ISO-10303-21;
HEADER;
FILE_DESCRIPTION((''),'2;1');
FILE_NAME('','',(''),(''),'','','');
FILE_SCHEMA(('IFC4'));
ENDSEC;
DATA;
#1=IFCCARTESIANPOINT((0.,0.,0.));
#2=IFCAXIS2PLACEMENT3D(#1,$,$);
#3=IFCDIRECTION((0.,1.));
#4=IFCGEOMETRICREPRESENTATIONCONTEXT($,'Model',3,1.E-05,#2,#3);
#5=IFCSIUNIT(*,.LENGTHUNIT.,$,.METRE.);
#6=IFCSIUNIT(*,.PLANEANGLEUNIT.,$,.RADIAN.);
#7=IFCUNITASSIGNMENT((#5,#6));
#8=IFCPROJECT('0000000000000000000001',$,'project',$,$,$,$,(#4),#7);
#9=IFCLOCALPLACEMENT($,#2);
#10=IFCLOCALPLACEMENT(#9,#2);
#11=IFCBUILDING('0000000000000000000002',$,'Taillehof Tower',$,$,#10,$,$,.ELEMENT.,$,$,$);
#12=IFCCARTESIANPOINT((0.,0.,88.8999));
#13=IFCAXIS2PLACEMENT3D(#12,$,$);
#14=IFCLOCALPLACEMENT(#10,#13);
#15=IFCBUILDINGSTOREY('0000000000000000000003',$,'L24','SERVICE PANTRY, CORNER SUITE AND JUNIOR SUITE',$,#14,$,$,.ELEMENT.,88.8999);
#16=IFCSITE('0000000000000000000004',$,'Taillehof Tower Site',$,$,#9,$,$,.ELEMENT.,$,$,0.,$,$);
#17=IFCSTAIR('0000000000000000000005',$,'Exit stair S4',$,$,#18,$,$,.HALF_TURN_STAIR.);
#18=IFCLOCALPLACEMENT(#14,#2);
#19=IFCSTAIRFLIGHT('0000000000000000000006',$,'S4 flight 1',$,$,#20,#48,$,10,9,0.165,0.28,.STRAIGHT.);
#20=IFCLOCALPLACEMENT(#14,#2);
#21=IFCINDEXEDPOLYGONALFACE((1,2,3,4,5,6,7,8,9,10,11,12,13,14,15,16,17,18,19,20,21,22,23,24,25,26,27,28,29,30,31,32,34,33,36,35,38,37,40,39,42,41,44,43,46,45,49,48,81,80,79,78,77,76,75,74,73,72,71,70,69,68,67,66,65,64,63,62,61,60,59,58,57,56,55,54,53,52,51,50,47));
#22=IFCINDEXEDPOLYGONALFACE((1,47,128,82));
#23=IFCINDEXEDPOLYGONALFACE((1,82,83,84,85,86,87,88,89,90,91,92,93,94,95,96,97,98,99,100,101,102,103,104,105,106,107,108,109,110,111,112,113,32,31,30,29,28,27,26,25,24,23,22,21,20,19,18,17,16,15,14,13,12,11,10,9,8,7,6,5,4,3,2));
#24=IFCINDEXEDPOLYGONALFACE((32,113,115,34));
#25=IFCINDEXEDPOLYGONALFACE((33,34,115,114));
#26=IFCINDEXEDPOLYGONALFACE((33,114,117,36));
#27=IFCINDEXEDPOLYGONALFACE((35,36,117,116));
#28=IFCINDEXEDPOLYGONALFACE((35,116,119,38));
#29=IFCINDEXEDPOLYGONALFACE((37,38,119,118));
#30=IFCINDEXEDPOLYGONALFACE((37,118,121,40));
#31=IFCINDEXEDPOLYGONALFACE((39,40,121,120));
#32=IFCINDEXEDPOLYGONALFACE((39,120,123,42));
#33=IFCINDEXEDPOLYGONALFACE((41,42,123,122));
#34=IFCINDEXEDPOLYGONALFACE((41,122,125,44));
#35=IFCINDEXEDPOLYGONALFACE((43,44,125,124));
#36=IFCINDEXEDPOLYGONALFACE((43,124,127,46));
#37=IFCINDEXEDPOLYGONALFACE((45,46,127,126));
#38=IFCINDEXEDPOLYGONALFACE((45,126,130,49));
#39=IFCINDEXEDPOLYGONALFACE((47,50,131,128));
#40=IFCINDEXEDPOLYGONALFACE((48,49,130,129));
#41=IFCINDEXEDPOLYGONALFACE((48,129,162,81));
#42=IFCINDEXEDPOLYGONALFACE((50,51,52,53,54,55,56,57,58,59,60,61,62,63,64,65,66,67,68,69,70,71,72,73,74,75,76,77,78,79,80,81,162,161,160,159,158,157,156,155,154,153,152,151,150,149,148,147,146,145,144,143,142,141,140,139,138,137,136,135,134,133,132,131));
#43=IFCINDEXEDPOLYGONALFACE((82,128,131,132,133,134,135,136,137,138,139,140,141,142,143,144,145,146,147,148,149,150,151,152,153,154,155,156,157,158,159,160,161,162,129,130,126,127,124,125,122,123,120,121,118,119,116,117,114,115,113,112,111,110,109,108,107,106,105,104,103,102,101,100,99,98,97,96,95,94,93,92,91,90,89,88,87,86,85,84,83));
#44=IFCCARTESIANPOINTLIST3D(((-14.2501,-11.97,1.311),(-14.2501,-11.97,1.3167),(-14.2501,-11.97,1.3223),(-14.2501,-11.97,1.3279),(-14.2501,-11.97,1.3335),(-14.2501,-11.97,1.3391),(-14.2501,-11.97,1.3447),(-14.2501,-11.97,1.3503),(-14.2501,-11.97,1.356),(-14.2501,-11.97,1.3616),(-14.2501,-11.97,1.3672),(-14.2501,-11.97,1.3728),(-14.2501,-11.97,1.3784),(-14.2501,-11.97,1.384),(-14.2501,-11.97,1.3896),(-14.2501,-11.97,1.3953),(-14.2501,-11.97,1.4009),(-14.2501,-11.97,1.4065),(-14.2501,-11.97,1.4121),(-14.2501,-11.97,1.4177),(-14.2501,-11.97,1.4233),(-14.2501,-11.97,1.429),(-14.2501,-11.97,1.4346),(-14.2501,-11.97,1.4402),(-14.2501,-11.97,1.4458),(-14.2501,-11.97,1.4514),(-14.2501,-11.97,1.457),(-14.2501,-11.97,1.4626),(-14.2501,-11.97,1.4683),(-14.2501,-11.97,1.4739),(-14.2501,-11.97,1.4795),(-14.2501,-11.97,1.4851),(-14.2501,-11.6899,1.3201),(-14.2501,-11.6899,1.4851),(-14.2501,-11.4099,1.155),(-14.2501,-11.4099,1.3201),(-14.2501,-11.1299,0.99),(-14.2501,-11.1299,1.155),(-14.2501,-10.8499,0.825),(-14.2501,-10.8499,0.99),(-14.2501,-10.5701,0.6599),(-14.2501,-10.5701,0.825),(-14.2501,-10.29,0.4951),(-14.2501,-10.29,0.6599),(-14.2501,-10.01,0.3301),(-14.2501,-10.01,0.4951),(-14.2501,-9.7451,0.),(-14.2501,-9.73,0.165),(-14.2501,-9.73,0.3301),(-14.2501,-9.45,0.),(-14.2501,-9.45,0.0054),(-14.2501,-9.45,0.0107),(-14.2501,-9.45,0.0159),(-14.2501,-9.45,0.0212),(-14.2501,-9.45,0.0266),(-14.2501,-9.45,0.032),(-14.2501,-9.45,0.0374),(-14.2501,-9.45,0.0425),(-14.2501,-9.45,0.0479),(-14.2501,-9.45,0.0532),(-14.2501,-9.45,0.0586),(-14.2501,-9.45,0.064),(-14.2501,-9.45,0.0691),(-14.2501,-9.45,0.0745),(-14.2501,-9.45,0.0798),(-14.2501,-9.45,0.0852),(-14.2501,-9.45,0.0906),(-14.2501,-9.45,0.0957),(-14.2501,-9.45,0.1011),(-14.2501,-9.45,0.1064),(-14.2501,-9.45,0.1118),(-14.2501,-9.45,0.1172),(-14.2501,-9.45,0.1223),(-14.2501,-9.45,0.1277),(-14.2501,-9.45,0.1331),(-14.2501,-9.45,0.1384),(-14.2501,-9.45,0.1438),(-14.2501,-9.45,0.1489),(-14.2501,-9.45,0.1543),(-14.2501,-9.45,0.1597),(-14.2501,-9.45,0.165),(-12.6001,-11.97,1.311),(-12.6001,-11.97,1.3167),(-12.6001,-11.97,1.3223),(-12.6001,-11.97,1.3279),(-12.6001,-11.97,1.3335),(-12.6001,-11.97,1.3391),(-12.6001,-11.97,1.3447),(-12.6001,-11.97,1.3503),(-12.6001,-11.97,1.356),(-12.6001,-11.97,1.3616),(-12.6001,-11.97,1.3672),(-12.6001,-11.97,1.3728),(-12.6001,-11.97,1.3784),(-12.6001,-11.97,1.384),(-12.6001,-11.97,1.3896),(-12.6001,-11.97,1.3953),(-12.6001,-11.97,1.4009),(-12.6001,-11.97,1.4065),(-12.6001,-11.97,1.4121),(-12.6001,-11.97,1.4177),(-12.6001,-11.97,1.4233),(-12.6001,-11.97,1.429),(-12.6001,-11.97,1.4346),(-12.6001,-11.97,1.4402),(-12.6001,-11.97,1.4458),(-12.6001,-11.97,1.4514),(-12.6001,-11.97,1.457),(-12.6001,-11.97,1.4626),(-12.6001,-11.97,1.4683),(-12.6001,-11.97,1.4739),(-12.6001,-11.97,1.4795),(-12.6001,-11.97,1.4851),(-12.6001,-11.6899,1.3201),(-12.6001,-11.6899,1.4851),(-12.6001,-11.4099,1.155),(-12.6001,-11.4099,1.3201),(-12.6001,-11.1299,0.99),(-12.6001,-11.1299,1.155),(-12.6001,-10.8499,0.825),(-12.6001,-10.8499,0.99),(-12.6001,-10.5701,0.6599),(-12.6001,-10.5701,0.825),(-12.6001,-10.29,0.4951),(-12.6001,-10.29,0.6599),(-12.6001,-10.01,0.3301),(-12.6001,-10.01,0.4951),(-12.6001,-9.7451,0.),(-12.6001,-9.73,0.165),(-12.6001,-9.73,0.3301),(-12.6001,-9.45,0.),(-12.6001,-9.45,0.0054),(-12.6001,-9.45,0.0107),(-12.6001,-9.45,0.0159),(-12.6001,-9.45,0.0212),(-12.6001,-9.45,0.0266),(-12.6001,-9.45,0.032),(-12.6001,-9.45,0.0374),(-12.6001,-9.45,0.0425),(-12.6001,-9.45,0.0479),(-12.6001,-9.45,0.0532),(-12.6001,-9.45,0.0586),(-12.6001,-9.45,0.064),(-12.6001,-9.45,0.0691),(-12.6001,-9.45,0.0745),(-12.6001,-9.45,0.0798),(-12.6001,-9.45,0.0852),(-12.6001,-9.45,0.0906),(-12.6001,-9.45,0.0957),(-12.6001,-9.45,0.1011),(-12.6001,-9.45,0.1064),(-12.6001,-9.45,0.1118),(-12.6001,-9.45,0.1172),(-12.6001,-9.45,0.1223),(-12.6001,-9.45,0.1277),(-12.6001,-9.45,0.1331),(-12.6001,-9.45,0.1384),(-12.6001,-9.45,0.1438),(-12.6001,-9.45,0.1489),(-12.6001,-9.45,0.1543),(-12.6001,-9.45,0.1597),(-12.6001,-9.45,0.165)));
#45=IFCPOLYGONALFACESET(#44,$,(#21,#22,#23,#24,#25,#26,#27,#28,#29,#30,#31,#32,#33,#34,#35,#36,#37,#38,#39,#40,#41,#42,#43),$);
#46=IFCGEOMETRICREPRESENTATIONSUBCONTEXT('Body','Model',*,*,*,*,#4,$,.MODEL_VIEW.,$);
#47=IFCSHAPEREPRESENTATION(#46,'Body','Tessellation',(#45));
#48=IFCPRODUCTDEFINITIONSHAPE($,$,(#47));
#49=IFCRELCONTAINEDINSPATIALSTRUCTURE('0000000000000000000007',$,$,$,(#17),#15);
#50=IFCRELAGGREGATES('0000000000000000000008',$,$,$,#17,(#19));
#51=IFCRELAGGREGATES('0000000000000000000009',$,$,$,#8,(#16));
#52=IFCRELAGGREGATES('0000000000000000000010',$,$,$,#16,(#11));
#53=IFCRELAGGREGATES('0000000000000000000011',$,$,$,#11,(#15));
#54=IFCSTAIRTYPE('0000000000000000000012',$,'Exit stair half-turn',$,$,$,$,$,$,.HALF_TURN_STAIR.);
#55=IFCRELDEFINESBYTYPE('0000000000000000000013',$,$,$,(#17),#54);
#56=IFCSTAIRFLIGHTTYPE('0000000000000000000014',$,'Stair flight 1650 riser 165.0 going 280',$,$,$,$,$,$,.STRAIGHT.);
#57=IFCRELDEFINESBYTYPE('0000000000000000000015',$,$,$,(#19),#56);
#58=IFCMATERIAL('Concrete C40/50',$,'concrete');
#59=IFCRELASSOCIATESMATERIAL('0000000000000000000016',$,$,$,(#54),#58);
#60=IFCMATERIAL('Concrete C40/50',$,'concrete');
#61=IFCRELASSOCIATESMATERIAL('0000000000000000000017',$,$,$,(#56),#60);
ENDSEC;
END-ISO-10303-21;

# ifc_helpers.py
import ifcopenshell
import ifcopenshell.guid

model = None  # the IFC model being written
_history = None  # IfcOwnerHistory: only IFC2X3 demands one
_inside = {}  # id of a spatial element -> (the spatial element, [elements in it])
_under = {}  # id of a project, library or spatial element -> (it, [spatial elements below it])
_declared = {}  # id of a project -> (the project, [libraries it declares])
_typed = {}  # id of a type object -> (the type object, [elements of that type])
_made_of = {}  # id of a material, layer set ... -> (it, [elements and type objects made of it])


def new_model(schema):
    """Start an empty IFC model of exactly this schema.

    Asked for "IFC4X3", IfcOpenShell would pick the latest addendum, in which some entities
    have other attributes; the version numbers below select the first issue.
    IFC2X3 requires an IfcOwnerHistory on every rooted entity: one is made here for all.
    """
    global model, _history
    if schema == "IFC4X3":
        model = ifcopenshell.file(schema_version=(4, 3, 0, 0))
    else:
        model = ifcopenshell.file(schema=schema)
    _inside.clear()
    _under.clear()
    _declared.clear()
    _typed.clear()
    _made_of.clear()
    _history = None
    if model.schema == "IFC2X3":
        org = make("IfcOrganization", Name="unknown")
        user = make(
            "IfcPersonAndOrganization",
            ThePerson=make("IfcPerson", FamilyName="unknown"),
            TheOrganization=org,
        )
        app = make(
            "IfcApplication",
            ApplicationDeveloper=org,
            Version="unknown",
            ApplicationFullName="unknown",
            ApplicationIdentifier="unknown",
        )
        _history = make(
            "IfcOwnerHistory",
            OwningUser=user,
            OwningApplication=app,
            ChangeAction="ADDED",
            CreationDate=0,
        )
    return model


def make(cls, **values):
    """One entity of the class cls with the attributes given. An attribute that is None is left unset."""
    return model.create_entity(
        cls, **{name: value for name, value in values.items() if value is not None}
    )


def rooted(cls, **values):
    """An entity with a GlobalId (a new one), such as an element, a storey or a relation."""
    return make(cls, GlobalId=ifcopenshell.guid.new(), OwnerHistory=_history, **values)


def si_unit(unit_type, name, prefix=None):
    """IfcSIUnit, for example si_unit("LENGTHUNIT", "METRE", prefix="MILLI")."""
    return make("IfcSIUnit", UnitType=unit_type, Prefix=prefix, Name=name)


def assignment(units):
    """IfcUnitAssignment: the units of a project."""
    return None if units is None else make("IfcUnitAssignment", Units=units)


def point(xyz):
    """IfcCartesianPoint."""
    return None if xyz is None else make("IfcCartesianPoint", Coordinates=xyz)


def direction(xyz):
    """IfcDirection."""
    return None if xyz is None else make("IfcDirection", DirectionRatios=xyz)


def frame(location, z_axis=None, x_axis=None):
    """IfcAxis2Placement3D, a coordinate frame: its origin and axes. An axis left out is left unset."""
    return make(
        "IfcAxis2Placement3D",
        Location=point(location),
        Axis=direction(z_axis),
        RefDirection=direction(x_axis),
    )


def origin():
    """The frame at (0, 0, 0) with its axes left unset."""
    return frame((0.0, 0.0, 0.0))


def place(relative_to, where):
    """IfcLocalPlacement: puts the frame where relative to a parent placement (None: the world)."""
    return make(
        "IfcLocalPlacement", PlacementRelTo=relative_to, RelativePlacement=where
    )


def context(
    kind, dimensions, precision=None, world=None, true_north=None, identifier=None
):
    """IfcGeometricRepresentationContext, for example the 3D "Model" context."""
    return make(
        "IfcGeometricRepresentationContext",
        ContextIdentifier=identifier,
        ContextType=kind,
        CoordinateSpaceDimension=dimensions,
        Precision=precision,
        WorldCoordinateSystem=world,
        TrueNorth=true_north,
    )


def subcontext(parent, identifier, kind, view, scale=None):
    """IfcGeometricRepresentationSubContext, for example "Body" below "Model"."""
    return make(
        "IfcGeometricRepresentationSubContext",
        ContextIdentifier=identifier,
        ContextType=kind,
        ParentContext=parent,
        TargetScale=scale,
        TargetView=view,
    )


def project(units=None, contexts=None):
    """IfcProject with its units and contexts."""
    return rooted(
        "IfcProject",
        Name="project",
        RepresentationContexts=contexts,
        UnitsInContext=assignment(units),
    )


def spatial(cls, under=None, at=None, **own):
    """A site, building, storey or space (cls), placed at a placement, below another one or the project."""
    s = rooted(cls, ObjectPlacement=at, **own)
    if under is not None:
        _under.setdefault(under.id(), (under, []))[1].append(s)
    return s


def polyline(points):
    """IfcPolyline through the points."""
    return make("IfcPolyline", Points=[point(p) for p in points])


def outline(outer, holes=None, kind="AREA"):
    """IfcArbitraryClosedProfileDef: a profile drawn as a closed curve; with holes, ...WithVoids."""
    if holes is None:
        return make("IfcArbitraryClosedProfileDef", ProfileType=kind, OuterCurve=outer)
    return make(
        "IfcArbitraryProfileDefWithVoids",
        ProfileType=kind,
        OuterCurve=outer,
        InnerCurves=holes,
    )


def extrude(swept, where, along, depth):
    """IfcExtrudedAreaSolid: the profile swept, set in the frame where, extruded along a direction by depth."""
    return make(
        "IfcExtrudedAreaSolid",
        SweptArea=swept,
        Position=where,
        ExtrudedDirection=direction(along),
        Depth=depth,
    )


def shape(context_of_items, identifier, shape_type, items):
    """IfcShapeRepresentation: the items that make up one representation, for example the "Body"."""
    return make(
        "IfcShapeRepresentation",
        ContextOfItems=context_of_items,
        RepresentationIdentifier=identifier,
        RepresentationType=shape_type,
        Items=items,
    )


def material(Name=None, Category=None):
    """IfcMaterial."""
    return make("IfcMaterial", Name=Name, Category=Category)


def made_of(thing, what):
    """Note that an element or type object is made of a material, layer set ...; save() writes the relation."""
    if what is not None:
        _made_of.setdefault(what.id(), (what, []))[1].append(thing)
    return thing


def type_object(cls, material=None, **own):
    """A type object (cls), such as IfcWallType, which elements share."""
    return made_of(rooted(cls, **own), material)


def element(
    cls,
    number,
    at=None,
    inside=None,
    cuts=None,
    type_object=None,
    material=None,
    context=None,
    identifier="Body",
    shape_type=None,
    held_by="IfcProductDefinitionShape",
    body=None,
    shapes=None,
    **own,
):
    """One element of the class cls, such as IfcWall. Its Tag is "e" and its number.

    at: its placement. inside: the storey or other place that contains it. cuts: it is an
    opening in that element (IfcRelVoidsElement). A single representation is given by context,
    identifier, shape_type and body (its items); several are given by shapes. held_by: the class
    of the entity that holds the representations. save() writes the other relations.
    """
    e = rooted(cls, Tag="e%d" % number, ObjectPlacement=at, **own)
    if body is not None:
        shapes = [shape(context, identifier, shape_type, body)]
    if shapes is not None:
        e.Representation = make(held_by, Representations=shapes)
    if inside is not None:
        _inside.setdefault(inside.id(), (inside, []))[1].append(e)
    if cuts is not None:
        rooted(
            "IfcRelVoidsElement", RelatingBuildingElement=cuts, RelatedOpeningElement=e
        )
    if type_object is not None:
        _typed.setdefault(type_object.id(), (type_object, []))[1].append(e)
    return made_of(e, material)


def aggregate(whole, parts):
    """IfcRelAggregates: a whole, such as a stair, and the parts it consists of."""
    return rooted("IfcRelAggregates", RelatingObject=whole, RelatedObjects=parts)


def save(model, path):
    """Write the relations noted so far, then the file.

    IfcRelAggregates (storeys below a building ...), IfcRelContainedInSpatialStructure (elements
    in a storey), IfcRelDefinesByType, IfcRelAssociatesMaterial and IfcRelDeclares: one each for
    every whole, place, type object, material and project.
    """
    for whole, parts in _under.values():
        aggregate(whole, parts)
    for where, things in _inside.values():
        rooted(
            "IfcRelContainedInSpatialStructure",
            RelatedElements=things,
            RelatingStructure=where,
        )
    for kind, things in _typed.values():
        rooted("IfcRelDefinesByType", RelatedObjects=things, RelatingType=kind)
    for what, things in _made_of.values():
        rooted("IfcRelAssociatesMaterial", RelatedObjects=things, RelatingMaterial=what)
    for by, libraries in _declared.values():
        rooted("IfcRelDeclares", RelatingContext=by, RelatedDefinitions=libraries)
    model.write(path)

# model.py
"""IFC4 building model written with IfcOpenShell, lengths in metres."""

from ifc_helpers import new_model, si_unit, direction, frame, origin, place, context, subcontext, project, spatial, polyline, outline, extrude, material, type_object, element, aggregate, save


model = new_model("IFC4")

# Units and contexts
model_context = context("Model", 3, precision=1e-05, world=origin(), true_north=direction((0.0, 1.0)))
body_context = subcontext(model_context, "Body", "Model", "MODEL_VIEW")
ifc_project = project(units=[si_unit("LENGTHUNIT", "METRE"), si_unit("PLANEANGLEUNIT", "RADIAN")], contexts=[model_context])

# Site, building, storey
site_placement = place(None, origin())
site = spatial("IfcSite", under=ifc_project, at=site_placement, Name="Taillehof Tower Site", CompositionType="ELEMENT", RefElevation=0.0)
building_placement = place(site_placement, origin())
building = spatial("IfcBuilding", under=site, at=building_placement, Name="Taillehof Tower", CompositionType="ELEMENT")
storey_placement = place(building_placement, frame((0.0, 0.0, 88.8999)))
storey = spatial("IfcBuildingStorey", under=building, at=storey_placement, Name="L24", Description="SERVICE PANTRY, CORNER SUITE AND JUNIOR SUITE", CompositionType="ELEMENT", Elevation=88.8999)

# Stair, stair flight
ifc_material_1 = material(Name="Concrete C40/50", Category="concrete")
stair_type = type_object("IfcStairType", Name="Exit stair half-turn", PredefinedType="HALF_TURN_STAIR", material=ifc_material_1)
stair_placement = place(storey_placement, origin())
stair = element("IfcStair", 1, at=stair_placement, inside=storey, type_object=stair_type, Name="Exit stair S4", PredefinedType="HALF_TURN_STAIR")
ifc_material_2 = material(Name="Concrete C40/50", Category="concrete")
stair_flight_type = type_object("IfcStairFlightType", Name="Stair flight 1650 riser 165.0 going 280", PredefinedType="STRAIGHT", material=ifc_material_2)
stair_flight_placement = place(storey_placement, frame((-13.425, -9.45, 0.0), z_axis=(0.0, 0.0, 1.0), x_axis=(0.0, -1.0, 0.0)))
stair_flight = element("IfcStairFlight", 2, at=stair_flight_placement, type_object=stair_flight_type, Name="S4 flight 1", NumberOfRisers=10, NumberOfTreads=9, PredefinedType="STRAIGHT", RiserHeight=0.165, TreadLength=0.28, context=body_context, shape_type="SweptSolid", body=[
    extrude(outline(polyline([(0.0, 0.0), (0.0, 0.0054), (0.0, 0.0107), (0.0, 0.0159), (0.0, 0.0212), (0.0, 0.0266), (0.0, 0.032), (0.0, 0.0374), (0.0, 0.0425), (0.0, 0.0479), (0.0, 0.0532), (0.0, 0.0586), (0.0, 0.064), (0.0, 0.0691), (0.0, 0.0745), (0.0, 0.0798), (0.0, 0.0852), (0.0, 0.0906), (0.0, 0.0957), (0.0, 0.1011), (0.0, 0.1064), (0.0, 0.1118), (0.0, 0.1172), (0.0, 0.1223), (0.0, 0.1277), (0.0, 0.1331), (0.0, 0.1384), (0.0, 0.1438), (0.0, 0.1489), (0.0, 0.1543), (0.0, 0.1597), (0.0, 0.165), (0.28, 0.165), (0.28, 0.3301), (0.5601, 0.3301), (0.5601, 0.4951), (0.8401, 0.4951), (0.8401, 0.6599), (1.1201, 0.6599), (1.1201, 0.825), (1.3999, 0.825), (1.3999, 0.99), (1.6799, 0.99), (1.6799, 1.155), (1.96, 1.155), (1.96, 1.3201), (2.24, 1.3201), (2.24, 1.4851), (2.52, 1.4851), (2.52, 1.4795), (2.52, 1.4739), (2.52, 1.4683), (2.52, 1.4626), (2.52, 1.457), (2.52, 1.4514), (2.52, 1.4458), (2.52, 1.4402), (2.52, 1.4346), (2.52, 1.429), (2.52, 1.4233), (2.52, 1.4177), (2.52, 1.4121), (2.52, 1.4065), (2.52, 1.4009), (2.52, 1.3953), (2.52, 1.3896), (2.52, 1.384), (2.52, 1.3784), (2.52, 1.3728), (2.52, 1.3672), (2.52, 1.3616), (2.52, 1.356), (2.52, 1.3503), (2.52, 1.3447), (2.52, 1.3391), (2.52, 1.3335), (2.52, 1.3279), (2.52, 1.3223), (2.52, 1.3167), (2.52, 1.311), (0.2952, 0.0), (0.0, 0.0)])), frame((0.0, 0.825, 0.0), z_axis=(0.0, -1.0, 0.0), x_axis=(1.0, 0.0, 0.0)), (0.0, 0.0, 1.0), 1.65),
])
aggregate(stair, [stair_flight])

save(model, "model.ifc")
